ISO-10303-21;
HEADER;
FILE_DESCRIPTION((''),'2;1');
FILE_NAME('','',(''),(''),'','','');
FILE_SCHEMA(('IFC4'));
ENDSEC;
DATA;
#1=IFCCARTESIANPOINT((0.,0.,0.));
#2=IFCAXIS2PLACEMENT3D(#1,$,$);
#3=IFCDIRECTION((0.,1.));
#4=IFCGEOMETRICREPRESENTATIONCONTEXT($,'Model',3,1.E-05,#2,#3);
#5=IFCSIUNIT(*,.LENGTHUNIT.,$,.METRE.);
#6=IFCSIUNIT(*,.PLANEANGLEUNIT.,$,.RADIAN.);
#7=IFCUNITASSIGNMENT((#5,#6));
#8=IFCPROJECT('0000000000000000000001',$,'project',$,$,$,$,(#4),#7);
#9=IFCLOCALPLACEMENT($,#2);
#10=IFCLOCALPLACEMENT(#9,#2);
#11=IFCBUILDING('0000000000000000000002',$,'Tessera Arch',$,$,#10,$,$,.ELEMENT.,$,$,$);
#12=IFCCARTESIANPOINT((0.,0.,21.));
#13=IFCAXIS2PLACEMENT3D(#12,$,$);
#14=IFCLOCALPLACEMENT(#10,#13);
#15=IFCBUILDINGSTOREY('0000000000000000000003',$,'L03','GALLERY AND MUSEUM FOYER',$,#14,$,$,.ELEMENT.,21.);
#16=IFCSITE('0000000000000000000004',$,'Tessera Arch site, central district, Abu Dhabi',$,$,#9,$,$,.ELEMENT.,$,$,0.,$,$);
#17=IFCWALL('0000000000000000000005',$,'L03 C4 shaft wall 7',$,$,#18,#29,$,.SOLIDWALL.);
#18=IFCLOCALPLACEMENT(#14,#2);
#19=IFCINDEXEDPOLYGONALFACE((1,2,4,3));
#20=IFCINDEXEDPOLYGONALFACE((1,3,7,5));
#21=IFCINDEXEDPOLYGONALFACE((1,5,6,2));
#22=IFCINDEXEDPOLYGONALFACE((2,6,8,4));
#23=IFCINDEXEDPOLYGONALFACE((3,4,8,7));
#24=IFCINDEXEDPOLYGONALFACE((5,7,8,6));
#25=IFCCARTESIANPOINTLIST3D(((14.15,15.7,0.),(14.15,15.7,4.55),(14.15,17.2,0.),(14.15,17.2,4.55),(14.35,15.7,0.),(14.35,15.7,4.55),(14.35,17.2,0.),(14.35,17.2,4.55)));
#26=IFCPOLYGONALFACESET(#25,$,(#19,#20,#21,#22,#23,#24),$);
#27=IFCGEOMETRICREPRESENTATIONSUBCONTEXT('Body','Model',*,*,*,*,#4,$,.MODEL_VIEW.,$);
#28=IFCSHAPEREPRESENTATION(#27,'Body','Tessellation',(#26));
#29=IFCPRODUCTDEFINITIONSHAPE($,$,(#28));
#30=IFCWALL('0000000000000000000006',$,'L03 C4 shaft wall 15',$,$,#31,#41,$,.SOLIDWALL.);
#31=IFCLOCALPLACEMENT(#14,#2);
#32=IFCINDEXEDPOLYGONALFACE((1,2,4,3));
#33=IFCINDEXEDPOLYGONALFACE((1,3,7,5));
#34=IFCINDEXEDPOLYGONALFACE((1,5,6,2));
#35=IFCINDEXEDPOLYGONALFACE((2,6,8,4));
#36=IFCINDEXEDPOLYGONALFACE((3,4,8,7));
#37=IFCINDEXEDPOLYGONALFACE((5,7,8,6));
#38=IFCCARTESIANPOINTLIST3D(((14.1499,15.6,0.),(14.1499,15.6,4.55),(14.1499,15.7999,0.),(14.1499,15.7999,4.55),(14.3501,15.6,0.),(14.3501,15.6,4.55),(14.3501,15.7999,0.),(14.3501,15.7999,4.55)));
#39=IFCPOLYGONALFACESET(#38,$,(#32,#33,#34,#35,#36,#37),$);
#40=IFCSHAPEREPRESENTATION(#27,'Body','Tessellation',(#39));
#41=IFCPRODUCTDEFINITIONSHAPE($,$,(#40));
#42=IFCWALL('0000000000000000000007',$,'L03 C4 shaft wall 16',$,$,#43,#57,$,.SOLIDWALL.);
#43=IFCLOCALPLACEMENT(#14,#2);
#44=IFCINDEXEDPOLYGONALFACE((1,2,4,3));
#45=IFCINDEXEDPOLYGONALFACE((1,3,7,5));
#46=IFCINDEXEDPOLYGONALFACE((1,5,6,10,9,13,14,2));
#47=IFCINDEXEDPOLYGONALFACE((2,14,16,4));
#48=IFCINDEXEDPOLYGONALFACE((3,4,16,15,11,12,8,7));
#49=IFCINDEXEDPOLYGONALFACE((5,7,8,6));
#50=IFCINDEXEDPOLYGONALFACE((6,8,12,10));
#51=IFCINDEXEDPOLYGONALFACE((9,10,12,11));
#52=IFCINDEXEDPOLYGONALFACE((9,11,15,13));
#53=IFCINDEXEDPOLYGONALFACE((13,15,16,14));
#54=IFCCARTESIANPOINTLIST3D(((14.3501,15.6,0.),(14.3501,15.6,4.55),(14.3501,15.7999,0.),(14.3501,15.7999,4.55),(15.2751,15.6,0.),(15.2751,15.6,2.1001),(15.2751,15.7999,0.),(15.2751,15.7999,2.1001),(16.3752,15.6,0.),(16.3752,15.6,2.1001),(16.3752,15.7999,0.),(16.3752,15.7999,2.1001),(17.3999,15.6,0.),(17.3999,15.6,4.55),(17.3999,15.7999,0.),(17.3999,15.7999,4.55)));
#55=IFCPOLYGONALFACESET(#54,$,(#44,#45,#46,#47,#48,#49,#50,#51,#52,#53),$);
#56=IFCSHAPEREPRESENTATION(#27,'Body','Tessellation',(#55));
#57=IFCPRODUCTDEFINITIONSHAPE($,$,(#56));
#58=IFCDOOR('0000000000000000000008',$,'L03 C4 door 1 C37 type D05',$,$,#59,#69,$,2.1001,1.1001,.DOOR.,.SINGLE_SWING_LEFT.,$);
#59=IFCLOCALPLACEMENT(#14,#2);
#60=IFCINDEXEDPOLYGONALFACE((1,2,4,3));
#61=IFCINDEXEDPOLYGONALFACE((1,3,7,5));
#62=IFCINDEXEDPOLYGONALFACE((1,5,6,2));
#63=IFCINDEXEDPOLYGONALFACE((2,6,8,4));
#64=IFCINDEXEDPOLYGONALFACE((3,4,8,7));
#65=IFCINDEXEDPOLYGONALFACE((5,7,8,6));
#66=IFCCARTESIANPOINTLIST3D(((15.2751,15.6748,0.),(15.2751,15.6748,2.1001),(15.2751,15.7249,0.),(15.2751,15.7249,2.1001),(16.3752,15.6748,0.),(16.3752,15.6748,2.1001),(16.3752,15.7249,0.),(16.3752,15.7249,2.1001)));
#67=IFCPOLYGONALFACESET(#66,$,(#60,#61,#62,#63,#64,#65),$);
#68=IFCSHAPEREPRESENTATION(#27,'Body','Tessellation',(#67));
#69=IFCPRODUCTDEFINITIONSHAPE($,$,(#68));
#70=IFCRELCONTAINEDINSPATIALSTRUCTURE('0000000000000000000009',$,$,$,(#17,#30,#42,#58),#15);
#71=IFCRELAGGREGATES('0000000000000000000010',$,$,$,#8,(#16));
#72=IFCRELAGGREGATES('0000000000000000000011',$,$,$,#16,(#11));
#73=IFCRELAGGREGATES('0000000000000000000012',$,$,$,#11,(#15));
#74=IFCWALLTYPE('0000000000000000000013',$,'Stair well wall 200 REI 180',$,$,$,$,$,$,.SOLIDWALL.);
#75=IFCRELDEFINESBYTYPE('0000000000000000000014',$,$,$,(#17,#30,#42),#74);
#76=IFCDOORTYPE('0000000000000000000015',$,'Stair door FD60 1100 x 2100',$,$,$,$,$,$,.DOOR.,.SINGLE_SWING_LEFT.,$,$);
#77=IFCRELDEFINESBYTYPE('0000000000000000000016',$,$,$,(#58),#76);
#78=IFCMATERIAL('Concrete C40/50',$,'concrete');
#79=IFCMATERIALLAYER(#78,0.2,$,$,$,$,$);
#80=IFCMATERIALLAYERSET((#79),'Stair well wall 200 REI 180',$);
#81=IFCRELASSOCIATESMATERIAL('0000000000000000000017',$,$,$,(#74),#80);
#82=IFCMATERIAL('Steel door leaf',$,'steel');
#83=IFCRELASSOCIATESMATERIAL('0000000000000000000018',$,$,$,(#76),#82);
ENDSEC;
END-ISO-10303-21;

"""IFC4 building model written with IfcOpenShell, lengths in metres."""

from ifc_helpers import new_model, si_unit, direction, frame, frame_2d, origin, place, context, subcontext, project, spatial, rectangle, extrude, material, layer, layer_set, type_object, element, fill, save


model = new_model("IFC4")

# Units and contexts
model_context = context("Model", 3, precision=1e-05, world=origin(), true_north=direction((0.0, 1.0)))
body_context = subcontext(model_context, "Body", "Model", "MODEL_VIEW")
ifc_project = project(units=[si_unit("LENGTHUNIT", "METRE"), si_unit("PLANEANGLEUNIT", "RADIAN")], contexts=[model_context])

# Site, building, storey
site_placement = place(None, origin())
site = spatial("IfcSite", under=ifc_project, at=site_placement, Name="Tessera Arch site, central district, Abu Dhabi", CompositionType="ELEMENT", RefElevation=0.0)
building_placement = place(site_placement, origin())
building = spatial("IfcBuilding", under=site, at=building_placement, Name="Tessera Arch", CompositionType="ELEMENT")
storey_placement = place(building_placement, frame((0.0, 0.0, 21.0)))
storey = spatial("IfcBuildingStorey", under=building, at=storey_placement, Name="L03", Description="GALLERY AND MUSEUM FOYER", CompositionType="ELEMENT", Elevation=21.0)

# Shared definitions
ifc_material_1 = material(Name="Concrete C40/50", Category="concrete")
ifc_layer_1 = layer(ifc_material_1, 0.2)
ifc_layer_set_1 = layer_set([ifc_layer_1], Name="Stair well wall 200 REI 180")
wall_type_1 = type_object("IfcWallType", Name="Stair well wall 200 REI 180", PredefinedType="SOLIDWALL", material=ifc_layer_set_1)
ifc_material_2 = material(Name="Steel door leaf", Category="steel")
door_type_1 = type_object("IfcDoorType", Name="Stair door FD60 1100 x 2100", OperationType="SINGLE_SWING_LEFT", PredefinedType="DOOR", material=ifc_material_2)

# Walls
wall_1_placement = place(storey_placement, frame((14.25, 15.7, 0.0), z_axis=(0.0, 0.0, 1.0), x_axis=(0.0, 1.0, 0.0)))
element("IfcWall", 1, at=wall_1_placement, inside=storey, type_object=wall_type_1, Name="L03 C4 shaft wall 7", PredefinedType="SOLIDWALL", context=body_context, shape_type="SweptSolid", body=[
    extrude(rectangle(XDim=1.5, YDim=0.2, at=frame_2d((0.75, 0.0))), origin(), (0.0, 0.0, 1.0), 4.55),
])
wall_2_placement = place(storey_placement, frame((14.1499, 15.7, 0.0), z_axis=(0.0, 0.0, 1.0), x_axis=(1.0, 0.0, 0.0)))
element("IfcWall", 2, at=wall_2_placement, inside=storey, type_object=wall_type_1, Name="L03 C4 shaft wall 15", PredefinedType="SOLIDWALL", context=body_context, shape_type="SweptSolid", body=[
    extrude(rectangle(XDim=0.2002, YDim=0.2, at=frame_2d((0.1001, 0.0))), origin(), (0.0, 0.0, 1.0), 4.55),
])

# Wall, opening, door
wall_3_placement = place(storey_placement, frame((14.3501, 15.7, 0.0), z_axis=(0.0, 0.0, 1.0), x_axis=(1.0, 0.0, 0.0)))
wall_3 = element("IfcWall", 3, at=wall_3_placement, inside=storey, type_object=wall_type_1, Name="L03 C4 shaft wall 16", PredefinedType="SOLIDWALL", context=body_context, shape_type="SweptSolid", body=[
    extrude(rectangle(XDim=3.0498, YDim=0.2, at=frame_2d((1.5249, 0.0))), origin(), (0.0, 0.0, 1.0), 4.55),
])
opening_1_placement = place(wall_3_placement, frame((0.925, 0.0, 0.0)))
opening_1 = element("IfcOpeningElement", 4, at=opening_1_placement, cuts=wall_3, PredefinedType="OPENING", context=body_context, shape_type="SweptSolid", body=[
    extrude(rectangle(XDim=1.1001, YDim=2.1001, at=frame_2d((0.55, 1.05))), frame((0.0, 0.1099, 0.0), z_axis=(0.0, -1.0, 0.0), x_axis=(1.0, 0.0, 0.0)), (0.0, 0.0, 1.0), 0.22),
])
door_1_placement = place(opening_1_placement, origin())
door_1 = element("IfcDoor", 5, at=door_1_placement, inside=storey, type_object=door_type_1, Name="L03 C4 door 1 C37 type D05", OperationType="SINGLE_SWING_LEFT", OverallHeight=2.1001, OverallWidth=1.1001, PredefinedType="DOOR", context=body_context, shape_type="SweptSolid", body=[
    extrude(rectangle(XDim=1.1001, YDim=2.1001, at=frame_2d((0.55, 1.05))), frame((0.0, 0.0249, 0.0), z_axis=(0.0, -1.0, 0.0), x_axis=(1.0, 0.0, 0.0)), (0.0, 0.0, 1.0), 0.05),
])
fill(opening_1, door_1)

save(model, "model.ifc")
